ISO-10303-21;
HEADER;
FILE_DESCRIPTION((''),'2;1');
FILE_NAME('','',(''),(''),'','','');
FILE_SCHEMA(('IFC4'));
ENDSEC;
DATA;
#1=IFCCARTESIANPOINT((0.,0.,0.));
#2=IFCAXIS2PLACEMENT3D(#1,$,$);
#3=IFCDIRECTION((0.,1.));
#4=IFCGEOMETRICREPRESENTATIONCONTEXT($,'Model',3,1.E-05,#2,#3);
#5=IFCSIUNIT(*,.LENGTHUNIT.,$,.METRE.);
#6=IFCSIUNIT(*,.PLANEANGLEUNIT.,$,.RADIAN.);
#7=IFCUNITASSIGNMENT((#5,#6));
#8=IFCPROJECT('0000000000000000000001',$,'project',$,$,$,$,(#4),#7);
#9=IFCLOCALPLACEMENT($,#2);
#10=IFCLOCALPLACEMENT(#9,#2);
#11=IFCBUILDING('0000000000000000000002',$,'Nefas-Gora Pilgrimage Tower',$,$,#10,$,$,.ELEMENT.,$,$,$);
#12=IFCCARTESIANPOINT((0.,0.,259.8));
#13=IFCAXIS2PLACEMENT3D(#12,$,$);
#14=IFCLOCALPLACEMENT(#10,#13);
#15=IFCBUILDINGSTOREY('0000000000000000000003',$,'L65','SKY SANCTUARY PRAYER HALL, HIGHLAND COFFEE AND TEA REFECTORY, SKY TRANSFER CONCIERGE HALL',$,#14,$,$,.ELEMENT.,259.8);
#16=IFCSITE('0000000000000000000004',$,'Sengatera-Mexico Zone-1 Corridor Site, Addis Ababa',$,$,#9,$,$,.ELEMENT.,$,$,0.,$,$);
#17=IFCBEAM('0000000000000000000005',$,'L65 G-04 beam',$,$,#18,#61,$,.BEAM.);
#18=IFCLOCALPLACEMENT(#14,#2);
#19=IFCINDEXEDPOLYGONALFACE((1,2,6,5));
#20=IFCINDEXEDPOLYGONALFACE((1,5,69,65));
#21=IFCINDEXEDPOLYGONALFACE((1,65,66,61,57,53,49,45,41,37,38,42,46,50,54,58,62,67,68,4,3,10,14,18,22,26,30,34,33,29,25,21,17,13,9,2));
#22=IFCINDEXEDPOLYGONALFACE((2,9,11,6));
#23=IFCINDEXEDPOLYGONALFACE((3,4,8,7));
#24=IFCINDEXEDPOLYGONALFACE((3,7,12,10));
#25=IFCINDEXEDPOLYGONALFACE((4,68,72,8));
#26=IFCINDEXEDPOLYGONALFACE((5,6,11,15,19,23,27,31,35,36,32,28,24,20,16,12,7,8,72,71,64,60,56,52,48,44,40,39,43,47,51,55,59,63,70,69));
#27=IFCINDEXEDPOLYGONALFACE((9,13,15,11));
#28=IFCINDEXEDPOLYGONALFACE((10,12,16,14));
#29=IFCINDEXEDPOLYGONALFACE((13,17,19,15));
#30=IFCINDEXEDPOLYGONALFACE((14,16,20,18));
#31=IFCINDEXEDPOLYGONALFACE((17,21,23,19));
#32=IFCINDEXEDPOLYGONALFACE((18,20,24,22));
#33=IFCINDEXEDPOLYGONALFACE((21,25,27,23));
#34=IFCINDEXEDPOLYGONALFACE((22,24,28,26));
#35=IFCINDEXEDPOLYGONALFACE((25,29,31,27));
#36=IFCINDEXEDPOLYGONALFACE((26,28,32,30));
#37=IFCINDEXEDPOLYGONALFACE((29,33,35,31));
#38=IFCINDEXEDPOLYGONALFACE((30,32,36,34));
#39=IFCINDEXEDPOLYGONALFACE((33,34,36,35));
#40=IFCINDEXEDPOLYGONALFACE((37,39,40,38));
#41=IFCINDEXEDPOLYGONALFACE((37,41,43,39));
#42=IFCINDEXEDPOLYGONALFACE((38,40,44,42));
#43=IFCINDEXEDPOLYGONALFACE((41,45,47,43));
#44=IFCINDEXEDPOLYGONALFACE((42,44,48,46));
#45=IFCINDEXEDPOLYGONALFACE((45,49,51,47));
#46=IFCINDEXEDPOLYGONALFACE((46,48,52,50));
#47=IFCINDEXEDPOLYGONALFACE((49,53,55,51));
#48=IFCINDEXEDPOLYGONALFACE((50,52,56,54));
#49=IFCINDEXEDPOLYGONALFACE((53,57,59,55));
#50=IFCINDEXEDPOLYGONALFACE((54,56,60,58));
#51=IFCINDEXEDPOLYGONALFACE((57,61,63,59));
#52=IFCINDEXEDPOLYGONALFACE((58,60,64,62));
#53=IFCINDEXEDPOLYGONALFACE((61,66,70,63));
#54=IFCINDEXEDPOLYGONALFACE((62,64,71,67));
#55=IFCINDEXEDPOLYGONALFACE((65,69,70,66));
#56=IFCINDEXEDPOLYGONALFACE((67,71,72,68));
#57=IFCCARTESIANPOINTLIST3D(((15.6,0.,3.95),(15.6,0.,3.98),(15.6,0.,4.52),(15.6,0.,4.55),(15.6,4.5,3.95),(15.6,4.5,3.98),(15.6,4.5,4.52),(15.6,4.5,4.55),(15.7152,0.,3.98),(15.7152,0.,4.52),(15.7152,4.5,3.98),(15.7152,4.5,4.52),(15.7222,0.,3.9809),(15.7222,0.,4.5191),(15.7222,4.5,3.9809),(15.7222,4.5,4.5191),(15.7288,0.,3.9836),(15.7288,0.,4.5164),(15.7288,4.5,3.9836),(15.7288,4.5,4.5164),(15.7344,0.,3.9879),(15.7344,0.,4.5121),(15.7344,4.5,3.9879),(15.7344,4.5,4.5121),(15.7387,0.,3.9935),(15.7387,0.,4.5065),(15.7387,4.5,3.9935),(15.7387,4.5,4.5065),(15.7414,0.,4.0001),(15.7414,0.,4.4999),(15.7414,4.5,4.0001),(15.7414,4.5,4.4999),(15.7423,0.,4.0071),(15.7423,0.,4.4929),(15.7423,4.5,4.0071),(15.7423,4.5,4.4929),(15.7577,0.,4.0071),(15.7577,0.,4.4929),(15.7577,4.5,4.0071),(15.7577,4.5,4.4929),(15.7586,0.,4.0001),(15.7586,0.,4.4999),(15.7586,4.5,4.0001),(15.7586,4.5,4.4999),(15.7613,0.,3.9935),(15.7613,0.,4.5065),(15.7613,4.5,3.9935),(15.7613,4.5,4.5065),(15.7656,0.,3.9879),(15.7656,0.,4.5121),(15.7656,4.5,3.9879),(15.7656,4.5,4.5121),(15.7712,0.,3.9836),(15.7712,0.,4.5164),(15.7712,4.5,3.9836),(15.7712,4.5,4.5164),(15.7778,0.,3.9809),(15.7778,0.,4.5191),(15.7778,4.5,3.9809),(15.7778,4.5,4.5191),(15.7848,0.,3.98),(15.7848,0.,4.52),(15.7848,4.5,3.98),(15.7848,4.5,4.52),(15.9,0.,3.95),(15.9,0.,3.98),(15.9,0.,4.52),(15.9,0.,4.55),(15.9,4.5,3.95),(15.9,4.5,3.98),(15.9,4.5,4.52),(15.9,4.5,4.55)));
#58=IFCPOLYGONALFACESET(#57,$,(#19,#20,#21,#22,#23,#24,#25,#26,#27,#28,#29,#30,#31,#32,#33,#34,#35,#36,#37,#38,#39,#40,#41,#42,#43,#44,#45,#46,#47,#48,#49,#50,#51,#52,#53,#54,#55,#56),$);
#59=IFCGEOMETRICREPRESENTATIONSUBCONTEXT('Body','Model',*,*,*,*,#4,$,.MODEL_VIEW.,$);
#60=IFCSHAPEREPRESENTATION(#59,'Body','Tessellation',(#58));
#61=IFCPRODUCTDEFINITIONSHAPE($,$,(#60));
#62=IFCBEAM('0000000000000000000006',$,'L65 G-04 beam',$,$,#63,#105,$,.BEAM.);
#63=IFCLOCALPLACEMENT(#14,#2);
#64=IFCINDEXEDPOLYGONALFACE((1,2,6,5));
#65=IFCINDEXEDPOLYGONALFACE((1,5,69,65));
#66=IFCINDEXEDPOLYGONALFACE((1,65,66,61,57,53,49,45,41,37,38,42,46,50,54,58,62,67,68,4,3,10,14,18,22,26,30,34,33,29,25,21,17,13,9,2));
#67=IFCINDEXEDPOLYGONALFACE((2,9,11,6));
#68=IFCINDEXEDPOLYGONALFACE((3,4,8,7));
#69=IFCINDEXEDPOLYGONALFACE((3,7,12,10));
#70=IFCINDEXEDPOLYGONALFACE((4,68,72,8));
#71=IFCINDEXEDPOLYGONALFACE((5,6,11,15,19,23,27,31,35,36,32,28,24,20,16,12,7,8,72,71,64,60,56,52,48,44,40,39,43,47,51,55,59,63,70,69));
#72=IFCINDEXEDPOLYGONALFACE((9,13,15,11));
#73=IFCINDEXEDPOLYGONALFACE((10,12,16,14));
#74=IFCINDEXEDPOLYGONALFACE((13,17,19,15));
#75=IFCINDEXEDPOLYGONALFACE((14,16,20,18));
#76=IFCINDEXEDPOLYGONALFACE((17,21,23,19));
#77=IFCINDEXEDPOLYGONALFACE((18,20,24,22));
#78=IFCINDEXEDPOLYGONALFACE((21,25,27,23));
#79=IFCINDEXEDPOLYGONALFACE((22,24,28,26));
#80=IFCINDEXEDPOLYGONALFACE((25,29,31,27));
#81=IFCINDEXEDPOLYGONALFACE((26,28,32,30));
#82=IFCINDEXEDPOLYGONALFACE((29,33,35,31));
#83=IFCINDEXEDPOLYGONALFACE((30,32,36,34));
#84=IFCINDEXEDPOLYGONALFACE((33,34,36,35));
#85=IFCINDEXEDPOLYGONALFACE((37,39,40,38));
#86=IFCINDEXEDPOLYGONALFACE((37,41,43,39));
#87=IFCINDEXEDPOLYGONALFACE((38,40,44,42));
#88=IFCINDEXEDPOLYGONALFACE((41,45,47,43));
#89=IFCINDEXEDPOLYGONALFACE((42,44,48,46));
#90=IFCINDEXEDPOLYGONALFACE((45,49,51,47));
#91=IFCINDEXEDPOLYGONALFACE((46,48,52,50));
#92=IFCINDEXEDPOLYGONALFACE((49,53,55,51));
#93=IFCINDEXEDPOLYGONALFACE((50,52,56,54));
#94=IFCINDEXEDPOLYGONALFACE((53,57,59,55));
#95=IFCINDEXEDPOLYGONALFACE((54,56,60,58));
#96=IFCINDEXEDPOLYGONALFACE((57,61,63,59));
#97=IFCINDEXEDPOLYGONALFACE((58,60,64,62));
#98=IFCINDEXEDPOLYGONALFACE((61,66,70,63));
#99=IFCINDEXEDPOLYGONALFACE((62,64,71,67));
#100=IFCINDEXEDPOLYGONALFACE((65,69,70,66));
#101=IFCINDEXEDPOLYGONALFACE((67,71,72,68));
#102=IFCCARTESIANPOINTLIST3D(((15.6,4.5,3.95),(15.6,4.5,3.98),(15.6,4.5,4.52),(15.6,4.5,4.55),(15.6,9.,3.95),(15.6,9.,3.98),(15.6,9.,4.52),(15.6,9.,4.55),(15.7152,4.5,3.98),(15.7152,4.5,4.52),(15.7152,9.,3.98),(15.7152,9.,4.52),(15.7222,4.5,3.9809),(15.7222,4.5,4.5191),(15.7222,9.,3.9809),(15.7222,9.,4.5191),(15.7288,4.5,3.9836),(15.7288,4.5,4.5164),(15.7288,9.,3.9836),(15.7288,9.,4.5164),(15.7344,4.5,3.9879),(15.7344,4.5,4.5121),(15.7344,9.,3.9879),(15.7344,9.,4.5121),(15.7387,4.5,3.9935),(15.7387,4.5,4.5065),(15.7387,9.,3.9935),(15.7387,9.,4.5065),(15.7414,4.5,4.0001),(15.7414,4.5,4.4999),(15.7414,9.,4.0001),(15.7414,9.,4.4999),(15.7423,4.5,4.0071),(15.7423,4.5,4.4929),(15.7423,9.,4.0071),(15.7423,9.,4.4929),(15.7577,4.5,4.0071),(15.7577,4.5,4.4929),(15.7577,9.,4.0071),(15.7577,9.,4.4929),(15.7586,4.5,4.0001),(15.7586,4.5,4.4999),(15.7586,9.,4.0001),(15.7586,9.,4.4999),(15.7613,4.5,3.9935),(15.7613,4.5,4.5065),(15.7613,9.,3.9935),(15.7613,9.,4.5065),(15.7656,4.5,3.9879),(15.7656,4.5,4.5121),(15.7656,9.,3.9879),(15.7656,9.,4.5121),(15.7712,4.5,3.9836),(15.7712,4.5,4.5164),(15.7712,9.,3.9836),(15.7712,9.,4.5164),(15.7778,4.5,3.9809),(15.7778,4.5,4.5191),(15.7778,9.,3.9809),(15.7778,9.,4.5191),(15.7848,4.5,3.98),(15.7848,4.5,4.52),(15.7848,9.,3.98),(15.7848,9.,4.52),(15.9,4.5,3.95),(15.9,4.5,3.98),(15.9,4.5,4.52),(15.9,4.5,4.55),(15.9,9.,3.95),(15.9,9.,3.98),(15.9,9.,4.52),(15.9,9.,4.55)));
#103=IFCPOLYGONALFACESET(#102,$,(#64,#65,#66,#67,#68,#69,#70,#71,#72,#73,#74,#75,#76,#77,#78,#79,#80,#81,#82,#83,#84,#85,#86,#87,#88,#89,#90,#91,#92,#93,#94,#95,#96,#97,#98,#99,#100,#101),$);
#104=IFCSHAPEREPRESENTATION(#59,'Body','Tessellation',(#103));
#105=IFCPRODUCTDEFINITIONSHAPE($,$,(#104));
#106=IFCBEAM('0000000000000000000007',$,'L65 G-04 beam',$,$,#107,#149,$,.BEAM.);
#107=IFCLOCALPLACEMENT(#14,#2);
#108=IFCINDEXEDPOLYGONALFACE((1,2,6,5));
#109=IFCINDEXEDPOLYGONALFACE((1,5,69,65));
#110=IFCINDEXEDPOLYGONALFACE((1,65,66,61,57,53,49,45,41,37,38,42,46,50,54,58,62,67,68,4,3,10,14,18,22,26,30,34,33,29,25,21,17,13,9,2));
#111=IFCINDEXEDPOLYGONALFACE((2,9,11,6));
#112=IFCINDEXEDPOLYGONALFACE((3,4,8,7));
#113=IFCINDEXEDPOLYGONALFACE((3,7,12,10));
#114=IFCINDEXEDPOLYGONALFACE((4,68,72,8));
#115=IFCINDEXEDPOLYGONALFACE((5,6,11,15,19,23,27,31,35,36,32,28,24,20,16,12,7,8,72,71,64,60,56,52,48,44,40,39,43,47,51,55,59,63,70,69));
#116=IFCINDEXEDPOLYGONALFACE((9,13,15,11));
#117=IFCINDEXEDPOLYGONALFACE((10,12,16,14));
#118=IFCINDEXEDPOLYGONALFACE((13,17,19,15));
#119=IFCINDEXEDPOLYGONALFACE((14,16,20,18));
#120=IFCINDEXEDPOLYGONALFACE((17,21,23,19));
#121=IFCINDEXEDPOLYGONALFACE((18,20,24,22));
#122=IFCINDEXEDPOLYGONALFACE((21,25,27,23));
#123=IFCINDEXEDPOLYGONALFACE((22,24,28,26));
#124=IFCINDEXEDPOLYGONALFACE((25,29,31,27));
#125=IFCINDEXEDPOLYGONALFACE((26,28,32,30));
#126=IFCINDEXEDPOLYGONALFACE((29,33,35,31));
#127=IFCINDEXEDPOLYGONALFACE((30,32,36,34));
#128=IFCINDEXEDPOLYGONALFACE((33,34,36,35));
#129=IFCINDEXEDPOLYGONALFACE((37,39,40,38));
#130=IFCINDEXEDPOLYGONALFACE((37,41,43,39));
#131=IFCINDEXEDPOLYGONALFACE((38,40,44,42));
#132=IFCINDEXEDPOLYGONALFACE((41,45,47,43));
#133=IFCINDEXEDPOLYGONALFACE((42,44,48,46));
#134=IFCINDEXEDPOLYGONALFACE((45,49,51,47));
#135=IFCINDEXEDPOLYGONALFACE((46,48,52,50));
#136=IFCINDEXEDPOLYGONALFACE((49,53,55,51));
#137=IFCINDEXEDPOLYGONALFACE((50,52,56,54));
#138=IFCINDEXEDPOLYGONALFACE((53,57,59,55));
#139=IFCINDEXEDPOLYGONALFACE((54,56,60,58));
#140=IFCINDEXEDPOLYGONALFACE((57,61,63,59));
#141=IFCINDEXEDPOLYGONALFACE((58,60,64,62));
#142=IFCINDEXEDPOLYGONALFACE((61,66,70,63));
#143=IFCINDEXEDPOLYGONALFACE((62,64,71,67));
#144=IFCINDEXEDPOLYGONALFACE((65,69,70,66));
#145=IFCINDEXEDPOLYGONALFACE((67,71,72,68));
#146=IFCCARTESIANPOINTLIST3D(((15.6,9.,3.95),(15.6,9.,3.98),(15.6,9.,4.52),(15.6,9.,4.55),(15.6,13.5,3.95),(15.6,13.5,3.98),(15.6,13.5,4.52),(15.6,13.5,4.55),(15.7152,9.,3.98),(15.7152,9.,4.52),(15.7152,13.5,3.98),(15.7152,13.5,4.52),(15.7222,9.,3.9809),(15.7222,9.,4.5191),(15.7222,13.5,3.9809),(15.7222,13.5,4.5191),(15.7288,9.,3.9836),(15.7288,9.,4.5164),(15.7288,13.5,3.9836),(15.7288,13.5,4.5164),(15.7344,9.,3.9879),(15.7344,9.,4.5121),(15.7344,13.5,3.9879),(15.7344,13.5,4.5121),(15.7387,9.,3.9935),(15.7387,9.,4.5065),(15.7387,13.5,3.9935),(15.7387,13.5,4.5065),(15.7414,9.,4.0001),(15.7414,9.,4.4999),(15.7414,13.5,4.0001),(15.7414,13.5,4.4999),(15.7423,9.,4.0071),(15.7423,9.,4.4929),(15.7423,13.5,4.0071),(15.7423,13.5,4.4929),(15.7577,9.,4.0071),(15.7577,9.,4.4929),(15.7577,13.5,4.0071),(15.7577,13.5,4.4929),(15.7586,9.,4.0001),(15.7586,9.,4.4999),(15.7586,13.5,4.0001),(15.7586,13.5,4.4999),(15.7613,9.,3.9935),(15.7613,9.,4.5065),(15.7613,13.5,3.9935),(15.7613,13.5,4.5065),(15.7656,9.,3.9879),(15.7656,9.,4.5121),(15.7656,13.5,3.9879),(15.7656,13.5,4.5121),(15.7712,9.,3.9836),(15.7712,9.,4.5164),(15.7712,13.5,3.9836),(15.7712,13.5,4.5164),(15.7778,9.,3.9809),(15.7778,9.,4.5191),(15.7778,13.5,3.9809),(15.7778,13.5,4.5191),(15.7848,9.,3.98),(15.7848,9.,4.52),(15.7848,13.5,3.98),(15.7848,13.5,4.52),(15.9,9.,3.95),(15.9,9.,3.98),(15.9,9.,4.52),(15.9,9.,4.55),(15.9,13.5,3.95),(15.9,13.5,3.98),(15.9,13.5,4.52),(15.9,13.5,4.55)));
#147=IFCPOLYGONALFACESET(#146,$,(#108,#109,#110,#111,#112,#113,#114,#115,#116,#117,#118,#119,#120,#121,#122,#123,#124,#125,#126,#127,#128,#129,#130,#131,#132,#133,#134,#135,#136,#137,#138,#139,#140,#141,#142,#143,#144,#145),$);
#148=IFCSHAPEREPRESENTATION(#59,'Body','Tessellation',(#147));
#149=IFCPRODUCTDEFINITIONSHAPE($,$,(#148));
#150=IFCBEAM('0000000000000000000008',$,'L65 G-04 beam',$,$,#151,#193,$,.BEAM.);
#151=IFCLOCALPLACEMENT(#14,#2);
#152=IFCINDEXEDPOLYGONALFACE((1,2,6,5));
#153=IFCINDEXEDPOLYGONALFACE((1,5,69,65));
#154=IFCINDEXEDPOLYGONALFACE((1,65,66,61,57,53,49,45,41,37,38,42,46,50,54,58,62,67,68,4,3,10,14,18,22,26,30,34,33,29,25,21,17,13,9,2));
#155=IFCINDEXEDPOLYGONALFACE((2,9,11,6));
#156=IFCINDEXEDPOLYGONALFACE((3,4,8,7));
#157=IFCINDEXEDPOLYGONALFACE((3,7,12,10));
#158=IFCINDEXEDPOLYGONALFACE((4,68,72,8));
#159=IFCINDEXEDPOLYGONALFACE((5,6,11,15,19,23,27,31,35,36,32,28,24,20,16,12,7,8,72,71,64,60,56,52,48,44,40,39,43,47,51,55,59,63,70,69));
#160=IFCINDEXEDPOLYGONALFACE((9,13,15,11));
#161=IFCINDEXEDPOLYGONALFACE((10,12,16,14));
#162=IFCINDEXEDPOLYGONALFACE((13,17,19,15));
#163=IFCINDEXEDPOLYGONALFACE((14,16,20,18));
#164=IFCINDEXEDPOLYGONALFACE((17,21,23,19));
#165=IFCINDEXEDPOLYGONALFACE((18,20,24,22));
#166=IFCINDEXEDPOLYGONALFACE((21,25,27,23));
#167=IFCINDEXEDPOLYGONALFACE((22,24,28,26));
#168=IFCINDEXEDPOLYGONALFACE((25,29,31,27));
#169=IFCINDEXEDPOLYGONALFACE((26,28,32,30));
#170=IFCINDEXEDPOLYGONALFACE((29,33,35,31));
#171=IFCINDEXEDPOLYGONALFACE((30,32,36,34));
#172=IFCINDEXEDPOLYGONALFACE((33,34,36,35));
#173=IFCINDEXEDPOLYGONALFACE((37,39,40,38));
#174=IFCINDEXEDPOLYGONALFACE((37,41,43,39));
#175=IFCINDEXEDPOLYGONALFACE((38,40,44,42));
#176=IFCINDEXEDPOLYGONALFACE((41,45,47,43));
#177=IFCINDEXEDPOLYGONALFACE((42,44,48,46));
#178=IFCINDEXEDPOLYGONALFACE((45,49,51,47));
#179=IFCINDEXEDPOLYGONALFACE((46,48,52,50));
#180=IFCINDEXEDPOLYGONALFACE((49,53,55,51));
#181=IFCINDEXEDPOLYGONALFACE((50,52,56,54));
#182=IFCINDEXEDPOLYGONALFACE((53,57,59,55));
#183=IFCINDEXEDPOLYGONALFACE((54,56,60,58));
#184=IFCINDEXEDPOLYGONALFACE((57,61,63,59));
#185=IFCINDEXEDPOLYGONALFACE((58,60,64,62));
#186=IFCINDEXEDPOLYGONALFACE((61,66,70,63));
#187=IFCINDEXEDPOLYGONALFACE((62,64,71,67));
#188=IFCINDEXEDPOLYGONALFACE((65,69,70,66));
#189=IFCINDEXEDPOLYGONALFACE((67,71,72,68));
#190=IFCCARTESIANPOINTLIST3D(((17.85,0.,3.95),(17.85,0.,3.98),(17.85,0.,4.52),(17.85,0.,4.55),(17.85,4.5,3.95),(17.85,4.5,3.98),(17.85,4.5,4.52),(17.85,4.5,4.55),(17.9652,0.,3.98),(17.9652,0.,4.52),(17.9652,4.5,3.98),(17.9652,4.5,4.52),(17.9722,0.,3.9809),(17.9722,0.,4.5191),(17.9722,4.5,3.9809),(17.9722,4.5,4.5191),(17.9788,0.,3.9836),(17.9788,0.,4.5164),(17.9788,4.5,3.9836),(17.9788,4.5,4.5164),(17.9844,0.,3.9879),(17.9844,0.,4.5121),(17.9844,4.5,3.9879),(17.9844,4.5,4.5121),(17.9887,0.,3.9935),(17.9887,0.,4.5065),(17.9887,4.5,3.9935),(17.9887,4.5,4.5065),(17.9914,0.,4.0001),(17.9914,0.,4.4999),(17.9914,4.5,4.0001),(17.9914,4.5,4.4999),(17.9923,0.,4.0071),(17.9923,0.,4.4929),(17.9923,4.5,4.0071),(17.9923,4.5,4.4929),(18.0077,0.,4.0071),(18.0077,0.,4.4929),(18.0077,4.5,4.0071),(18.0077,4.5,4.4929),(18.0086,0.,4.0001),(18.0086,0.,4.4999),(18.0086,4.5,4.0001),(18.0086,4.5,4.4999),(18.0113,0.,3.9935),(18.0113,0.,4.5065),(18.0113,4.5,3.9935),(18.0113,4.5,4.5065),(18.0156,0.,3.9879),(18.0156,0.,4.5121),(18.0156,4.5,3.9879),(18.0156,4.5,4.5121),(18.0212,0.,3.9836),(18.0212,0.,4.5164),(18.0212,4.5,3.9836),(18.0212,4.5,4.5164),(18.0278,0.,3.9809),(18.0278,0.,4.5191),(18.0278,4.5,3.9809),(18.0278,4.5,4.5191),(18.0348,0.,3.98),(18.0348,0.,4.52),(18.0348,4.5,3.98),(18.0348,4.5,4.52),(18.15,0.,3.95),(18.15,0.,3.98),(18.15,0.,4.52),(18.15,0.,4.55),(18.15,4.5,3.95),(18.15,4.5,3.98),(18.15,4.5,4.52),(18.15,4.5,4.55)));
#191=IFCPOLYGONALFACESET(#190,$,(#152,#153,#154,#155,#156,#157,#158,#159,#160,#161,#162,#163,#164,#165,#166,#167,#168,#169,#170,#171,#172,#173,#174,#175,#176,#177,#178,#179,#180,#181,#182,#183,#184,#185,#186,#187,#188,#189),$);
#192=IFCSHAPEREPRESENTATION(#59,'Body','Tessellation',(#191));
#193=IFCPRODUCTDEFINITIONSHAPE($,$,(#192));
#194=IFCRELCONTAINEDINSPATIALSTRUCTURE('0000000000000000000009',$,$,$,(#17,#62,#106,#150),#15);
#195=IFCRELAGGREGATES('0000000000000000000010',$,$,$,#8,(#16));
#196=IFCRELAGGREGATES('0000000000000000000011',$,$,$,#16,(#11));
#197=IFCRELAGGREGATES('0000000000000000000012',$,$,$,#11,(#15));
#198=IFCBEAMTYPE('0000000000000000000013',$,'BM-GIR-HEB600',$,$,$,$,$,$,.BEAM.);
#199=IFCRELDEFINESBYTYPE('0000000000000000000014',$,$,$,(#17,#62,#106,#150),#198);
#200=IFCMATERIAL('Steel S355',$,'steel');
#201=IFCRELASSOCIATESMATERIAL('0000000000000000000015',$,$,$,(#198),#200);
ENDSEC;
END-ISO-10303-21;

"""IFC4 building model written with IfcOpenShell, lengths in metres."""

from ifc_helpers import new_model, si_unit, direction, frame, origin, origin_2d, place, context, subcontext, project, spatial, i_section, extrude, source, transform, mapped, material, material_profile, profile_set, type_object, element, save


model = new_model("IFC4")

# Units and contexts
model_context = context("Model", 3, precision=1e-05, world=origin(), true_north=direction((0.0, 1.0)))
body_context = subcontext(model_context, "Body", "Model", "MODEL_VIEW")
ifc_project = project(units=[si_unit("LENGTHUNIT", "METRE"), si_unit("PLANEANGLEUNIT", "RADIAN")], contexts=[model_context])

# Site, building, storey
site_placement = place(None, origin())
site = spatial("IfcSite", under=ifc_project, at=site_placement, Name="Sengatera-Mexico Zone-1 Corridor Site, Addis Ababa", CompositionType="ELEMENT", RefElevation=0.0)
building_placement = place(site_placement, origin())
building = spatial("IfcBuilding", under=site, at=building_placement, Name="Nefas-Gora Pilgrimage Tower", CompositionType="ELEMENT")
storey_placement = place(building_placement, frame((0.0, 0.0, 259.8)))
storey = spatial("IfcBuildingStorey", under=building, at=storey_placement, Name="L65", Description="SKY SANCTUARY PRAYER HALL, HIGHLAND COFFEE AND TEA REFECTORY, SKY TRANSFER CONCIERGE HALL", CompositionType="ELEMENT", Elevation=259.8)

# Beams
ifc_material_1 = material(Name="Steel S355", Category="steel")
ifc_material_profile_1 = material_profile(ifc_material_1, i_section(OverallWidth=0.3, OverallDepth=0.6001, WebThickness=0.0154, FlangeThickness=0.03, FilletRadius=0.0271, at=origin_2d()), Name="HEB 600")
ifc_profile_set_1 = profile_set([ifc_material_profile_1], Name="Steel S355")
beam_type_1 = type_object("IfcBeamType", Name="BM-GIR-HEB600", PredefinedType="BEAM", material=ifc_profile_set_1)
shared_shape_1 = source(origin(), body_context, "Body", "SweptSolid", [
    extrude(i_section(OverallWidth=0.3, OverallDepth=0.6001, WebThickness=0.0154, FlangeThickness=0.03, FilletRadius=0.0271, at=origin_2d()), origin(), (0.0, 0.0, 1.0), 4.5),
])
for number, where, z_axis, x_axis, name in (
    (1, (15.75, 0.0, 4.25), (0.0, 1.0, 0.0), (-1.0, 0.0, 0.0), "L65 G-04 beam"),
    (2, (15.75, 4.5, 4.25), (0.0, 1.0, 0.0), (-1.0, 0.0, 0.0), "L65 G-04 beam"),
    (3, (15.75, 9.0, 4.25), (0.0, 1.0, 0.0), (-1.0, 0.0, 0.0), "L65 G-04 beam"),
    (4, (18.0, 0.0, 4.25), (0.0, 1.0, 0.0), (-1.0, 0.0, 0.0), "L65 G-04 beam"),
):
    element("IfcBeam", number, at=place(storey_placement, frame(where, z_axis=z_axis, x_axis=x_axis)), inside=storey, type_object=beam_type_1, Name=name, PredefinedType="BEAM", context=body_context, shape_type="MappedRepresentation", body=[
        mapped(shared_shape_1, transform((0.0, 0.0, 0.0), x_axis=(1.0, 0.0, 0.0), y_axis=(0.0, 1.0, 0.0), z_axis=(0.0, 0.0, 1.0), scale=1.0)),
    ])

save(model, "model.ifc")
